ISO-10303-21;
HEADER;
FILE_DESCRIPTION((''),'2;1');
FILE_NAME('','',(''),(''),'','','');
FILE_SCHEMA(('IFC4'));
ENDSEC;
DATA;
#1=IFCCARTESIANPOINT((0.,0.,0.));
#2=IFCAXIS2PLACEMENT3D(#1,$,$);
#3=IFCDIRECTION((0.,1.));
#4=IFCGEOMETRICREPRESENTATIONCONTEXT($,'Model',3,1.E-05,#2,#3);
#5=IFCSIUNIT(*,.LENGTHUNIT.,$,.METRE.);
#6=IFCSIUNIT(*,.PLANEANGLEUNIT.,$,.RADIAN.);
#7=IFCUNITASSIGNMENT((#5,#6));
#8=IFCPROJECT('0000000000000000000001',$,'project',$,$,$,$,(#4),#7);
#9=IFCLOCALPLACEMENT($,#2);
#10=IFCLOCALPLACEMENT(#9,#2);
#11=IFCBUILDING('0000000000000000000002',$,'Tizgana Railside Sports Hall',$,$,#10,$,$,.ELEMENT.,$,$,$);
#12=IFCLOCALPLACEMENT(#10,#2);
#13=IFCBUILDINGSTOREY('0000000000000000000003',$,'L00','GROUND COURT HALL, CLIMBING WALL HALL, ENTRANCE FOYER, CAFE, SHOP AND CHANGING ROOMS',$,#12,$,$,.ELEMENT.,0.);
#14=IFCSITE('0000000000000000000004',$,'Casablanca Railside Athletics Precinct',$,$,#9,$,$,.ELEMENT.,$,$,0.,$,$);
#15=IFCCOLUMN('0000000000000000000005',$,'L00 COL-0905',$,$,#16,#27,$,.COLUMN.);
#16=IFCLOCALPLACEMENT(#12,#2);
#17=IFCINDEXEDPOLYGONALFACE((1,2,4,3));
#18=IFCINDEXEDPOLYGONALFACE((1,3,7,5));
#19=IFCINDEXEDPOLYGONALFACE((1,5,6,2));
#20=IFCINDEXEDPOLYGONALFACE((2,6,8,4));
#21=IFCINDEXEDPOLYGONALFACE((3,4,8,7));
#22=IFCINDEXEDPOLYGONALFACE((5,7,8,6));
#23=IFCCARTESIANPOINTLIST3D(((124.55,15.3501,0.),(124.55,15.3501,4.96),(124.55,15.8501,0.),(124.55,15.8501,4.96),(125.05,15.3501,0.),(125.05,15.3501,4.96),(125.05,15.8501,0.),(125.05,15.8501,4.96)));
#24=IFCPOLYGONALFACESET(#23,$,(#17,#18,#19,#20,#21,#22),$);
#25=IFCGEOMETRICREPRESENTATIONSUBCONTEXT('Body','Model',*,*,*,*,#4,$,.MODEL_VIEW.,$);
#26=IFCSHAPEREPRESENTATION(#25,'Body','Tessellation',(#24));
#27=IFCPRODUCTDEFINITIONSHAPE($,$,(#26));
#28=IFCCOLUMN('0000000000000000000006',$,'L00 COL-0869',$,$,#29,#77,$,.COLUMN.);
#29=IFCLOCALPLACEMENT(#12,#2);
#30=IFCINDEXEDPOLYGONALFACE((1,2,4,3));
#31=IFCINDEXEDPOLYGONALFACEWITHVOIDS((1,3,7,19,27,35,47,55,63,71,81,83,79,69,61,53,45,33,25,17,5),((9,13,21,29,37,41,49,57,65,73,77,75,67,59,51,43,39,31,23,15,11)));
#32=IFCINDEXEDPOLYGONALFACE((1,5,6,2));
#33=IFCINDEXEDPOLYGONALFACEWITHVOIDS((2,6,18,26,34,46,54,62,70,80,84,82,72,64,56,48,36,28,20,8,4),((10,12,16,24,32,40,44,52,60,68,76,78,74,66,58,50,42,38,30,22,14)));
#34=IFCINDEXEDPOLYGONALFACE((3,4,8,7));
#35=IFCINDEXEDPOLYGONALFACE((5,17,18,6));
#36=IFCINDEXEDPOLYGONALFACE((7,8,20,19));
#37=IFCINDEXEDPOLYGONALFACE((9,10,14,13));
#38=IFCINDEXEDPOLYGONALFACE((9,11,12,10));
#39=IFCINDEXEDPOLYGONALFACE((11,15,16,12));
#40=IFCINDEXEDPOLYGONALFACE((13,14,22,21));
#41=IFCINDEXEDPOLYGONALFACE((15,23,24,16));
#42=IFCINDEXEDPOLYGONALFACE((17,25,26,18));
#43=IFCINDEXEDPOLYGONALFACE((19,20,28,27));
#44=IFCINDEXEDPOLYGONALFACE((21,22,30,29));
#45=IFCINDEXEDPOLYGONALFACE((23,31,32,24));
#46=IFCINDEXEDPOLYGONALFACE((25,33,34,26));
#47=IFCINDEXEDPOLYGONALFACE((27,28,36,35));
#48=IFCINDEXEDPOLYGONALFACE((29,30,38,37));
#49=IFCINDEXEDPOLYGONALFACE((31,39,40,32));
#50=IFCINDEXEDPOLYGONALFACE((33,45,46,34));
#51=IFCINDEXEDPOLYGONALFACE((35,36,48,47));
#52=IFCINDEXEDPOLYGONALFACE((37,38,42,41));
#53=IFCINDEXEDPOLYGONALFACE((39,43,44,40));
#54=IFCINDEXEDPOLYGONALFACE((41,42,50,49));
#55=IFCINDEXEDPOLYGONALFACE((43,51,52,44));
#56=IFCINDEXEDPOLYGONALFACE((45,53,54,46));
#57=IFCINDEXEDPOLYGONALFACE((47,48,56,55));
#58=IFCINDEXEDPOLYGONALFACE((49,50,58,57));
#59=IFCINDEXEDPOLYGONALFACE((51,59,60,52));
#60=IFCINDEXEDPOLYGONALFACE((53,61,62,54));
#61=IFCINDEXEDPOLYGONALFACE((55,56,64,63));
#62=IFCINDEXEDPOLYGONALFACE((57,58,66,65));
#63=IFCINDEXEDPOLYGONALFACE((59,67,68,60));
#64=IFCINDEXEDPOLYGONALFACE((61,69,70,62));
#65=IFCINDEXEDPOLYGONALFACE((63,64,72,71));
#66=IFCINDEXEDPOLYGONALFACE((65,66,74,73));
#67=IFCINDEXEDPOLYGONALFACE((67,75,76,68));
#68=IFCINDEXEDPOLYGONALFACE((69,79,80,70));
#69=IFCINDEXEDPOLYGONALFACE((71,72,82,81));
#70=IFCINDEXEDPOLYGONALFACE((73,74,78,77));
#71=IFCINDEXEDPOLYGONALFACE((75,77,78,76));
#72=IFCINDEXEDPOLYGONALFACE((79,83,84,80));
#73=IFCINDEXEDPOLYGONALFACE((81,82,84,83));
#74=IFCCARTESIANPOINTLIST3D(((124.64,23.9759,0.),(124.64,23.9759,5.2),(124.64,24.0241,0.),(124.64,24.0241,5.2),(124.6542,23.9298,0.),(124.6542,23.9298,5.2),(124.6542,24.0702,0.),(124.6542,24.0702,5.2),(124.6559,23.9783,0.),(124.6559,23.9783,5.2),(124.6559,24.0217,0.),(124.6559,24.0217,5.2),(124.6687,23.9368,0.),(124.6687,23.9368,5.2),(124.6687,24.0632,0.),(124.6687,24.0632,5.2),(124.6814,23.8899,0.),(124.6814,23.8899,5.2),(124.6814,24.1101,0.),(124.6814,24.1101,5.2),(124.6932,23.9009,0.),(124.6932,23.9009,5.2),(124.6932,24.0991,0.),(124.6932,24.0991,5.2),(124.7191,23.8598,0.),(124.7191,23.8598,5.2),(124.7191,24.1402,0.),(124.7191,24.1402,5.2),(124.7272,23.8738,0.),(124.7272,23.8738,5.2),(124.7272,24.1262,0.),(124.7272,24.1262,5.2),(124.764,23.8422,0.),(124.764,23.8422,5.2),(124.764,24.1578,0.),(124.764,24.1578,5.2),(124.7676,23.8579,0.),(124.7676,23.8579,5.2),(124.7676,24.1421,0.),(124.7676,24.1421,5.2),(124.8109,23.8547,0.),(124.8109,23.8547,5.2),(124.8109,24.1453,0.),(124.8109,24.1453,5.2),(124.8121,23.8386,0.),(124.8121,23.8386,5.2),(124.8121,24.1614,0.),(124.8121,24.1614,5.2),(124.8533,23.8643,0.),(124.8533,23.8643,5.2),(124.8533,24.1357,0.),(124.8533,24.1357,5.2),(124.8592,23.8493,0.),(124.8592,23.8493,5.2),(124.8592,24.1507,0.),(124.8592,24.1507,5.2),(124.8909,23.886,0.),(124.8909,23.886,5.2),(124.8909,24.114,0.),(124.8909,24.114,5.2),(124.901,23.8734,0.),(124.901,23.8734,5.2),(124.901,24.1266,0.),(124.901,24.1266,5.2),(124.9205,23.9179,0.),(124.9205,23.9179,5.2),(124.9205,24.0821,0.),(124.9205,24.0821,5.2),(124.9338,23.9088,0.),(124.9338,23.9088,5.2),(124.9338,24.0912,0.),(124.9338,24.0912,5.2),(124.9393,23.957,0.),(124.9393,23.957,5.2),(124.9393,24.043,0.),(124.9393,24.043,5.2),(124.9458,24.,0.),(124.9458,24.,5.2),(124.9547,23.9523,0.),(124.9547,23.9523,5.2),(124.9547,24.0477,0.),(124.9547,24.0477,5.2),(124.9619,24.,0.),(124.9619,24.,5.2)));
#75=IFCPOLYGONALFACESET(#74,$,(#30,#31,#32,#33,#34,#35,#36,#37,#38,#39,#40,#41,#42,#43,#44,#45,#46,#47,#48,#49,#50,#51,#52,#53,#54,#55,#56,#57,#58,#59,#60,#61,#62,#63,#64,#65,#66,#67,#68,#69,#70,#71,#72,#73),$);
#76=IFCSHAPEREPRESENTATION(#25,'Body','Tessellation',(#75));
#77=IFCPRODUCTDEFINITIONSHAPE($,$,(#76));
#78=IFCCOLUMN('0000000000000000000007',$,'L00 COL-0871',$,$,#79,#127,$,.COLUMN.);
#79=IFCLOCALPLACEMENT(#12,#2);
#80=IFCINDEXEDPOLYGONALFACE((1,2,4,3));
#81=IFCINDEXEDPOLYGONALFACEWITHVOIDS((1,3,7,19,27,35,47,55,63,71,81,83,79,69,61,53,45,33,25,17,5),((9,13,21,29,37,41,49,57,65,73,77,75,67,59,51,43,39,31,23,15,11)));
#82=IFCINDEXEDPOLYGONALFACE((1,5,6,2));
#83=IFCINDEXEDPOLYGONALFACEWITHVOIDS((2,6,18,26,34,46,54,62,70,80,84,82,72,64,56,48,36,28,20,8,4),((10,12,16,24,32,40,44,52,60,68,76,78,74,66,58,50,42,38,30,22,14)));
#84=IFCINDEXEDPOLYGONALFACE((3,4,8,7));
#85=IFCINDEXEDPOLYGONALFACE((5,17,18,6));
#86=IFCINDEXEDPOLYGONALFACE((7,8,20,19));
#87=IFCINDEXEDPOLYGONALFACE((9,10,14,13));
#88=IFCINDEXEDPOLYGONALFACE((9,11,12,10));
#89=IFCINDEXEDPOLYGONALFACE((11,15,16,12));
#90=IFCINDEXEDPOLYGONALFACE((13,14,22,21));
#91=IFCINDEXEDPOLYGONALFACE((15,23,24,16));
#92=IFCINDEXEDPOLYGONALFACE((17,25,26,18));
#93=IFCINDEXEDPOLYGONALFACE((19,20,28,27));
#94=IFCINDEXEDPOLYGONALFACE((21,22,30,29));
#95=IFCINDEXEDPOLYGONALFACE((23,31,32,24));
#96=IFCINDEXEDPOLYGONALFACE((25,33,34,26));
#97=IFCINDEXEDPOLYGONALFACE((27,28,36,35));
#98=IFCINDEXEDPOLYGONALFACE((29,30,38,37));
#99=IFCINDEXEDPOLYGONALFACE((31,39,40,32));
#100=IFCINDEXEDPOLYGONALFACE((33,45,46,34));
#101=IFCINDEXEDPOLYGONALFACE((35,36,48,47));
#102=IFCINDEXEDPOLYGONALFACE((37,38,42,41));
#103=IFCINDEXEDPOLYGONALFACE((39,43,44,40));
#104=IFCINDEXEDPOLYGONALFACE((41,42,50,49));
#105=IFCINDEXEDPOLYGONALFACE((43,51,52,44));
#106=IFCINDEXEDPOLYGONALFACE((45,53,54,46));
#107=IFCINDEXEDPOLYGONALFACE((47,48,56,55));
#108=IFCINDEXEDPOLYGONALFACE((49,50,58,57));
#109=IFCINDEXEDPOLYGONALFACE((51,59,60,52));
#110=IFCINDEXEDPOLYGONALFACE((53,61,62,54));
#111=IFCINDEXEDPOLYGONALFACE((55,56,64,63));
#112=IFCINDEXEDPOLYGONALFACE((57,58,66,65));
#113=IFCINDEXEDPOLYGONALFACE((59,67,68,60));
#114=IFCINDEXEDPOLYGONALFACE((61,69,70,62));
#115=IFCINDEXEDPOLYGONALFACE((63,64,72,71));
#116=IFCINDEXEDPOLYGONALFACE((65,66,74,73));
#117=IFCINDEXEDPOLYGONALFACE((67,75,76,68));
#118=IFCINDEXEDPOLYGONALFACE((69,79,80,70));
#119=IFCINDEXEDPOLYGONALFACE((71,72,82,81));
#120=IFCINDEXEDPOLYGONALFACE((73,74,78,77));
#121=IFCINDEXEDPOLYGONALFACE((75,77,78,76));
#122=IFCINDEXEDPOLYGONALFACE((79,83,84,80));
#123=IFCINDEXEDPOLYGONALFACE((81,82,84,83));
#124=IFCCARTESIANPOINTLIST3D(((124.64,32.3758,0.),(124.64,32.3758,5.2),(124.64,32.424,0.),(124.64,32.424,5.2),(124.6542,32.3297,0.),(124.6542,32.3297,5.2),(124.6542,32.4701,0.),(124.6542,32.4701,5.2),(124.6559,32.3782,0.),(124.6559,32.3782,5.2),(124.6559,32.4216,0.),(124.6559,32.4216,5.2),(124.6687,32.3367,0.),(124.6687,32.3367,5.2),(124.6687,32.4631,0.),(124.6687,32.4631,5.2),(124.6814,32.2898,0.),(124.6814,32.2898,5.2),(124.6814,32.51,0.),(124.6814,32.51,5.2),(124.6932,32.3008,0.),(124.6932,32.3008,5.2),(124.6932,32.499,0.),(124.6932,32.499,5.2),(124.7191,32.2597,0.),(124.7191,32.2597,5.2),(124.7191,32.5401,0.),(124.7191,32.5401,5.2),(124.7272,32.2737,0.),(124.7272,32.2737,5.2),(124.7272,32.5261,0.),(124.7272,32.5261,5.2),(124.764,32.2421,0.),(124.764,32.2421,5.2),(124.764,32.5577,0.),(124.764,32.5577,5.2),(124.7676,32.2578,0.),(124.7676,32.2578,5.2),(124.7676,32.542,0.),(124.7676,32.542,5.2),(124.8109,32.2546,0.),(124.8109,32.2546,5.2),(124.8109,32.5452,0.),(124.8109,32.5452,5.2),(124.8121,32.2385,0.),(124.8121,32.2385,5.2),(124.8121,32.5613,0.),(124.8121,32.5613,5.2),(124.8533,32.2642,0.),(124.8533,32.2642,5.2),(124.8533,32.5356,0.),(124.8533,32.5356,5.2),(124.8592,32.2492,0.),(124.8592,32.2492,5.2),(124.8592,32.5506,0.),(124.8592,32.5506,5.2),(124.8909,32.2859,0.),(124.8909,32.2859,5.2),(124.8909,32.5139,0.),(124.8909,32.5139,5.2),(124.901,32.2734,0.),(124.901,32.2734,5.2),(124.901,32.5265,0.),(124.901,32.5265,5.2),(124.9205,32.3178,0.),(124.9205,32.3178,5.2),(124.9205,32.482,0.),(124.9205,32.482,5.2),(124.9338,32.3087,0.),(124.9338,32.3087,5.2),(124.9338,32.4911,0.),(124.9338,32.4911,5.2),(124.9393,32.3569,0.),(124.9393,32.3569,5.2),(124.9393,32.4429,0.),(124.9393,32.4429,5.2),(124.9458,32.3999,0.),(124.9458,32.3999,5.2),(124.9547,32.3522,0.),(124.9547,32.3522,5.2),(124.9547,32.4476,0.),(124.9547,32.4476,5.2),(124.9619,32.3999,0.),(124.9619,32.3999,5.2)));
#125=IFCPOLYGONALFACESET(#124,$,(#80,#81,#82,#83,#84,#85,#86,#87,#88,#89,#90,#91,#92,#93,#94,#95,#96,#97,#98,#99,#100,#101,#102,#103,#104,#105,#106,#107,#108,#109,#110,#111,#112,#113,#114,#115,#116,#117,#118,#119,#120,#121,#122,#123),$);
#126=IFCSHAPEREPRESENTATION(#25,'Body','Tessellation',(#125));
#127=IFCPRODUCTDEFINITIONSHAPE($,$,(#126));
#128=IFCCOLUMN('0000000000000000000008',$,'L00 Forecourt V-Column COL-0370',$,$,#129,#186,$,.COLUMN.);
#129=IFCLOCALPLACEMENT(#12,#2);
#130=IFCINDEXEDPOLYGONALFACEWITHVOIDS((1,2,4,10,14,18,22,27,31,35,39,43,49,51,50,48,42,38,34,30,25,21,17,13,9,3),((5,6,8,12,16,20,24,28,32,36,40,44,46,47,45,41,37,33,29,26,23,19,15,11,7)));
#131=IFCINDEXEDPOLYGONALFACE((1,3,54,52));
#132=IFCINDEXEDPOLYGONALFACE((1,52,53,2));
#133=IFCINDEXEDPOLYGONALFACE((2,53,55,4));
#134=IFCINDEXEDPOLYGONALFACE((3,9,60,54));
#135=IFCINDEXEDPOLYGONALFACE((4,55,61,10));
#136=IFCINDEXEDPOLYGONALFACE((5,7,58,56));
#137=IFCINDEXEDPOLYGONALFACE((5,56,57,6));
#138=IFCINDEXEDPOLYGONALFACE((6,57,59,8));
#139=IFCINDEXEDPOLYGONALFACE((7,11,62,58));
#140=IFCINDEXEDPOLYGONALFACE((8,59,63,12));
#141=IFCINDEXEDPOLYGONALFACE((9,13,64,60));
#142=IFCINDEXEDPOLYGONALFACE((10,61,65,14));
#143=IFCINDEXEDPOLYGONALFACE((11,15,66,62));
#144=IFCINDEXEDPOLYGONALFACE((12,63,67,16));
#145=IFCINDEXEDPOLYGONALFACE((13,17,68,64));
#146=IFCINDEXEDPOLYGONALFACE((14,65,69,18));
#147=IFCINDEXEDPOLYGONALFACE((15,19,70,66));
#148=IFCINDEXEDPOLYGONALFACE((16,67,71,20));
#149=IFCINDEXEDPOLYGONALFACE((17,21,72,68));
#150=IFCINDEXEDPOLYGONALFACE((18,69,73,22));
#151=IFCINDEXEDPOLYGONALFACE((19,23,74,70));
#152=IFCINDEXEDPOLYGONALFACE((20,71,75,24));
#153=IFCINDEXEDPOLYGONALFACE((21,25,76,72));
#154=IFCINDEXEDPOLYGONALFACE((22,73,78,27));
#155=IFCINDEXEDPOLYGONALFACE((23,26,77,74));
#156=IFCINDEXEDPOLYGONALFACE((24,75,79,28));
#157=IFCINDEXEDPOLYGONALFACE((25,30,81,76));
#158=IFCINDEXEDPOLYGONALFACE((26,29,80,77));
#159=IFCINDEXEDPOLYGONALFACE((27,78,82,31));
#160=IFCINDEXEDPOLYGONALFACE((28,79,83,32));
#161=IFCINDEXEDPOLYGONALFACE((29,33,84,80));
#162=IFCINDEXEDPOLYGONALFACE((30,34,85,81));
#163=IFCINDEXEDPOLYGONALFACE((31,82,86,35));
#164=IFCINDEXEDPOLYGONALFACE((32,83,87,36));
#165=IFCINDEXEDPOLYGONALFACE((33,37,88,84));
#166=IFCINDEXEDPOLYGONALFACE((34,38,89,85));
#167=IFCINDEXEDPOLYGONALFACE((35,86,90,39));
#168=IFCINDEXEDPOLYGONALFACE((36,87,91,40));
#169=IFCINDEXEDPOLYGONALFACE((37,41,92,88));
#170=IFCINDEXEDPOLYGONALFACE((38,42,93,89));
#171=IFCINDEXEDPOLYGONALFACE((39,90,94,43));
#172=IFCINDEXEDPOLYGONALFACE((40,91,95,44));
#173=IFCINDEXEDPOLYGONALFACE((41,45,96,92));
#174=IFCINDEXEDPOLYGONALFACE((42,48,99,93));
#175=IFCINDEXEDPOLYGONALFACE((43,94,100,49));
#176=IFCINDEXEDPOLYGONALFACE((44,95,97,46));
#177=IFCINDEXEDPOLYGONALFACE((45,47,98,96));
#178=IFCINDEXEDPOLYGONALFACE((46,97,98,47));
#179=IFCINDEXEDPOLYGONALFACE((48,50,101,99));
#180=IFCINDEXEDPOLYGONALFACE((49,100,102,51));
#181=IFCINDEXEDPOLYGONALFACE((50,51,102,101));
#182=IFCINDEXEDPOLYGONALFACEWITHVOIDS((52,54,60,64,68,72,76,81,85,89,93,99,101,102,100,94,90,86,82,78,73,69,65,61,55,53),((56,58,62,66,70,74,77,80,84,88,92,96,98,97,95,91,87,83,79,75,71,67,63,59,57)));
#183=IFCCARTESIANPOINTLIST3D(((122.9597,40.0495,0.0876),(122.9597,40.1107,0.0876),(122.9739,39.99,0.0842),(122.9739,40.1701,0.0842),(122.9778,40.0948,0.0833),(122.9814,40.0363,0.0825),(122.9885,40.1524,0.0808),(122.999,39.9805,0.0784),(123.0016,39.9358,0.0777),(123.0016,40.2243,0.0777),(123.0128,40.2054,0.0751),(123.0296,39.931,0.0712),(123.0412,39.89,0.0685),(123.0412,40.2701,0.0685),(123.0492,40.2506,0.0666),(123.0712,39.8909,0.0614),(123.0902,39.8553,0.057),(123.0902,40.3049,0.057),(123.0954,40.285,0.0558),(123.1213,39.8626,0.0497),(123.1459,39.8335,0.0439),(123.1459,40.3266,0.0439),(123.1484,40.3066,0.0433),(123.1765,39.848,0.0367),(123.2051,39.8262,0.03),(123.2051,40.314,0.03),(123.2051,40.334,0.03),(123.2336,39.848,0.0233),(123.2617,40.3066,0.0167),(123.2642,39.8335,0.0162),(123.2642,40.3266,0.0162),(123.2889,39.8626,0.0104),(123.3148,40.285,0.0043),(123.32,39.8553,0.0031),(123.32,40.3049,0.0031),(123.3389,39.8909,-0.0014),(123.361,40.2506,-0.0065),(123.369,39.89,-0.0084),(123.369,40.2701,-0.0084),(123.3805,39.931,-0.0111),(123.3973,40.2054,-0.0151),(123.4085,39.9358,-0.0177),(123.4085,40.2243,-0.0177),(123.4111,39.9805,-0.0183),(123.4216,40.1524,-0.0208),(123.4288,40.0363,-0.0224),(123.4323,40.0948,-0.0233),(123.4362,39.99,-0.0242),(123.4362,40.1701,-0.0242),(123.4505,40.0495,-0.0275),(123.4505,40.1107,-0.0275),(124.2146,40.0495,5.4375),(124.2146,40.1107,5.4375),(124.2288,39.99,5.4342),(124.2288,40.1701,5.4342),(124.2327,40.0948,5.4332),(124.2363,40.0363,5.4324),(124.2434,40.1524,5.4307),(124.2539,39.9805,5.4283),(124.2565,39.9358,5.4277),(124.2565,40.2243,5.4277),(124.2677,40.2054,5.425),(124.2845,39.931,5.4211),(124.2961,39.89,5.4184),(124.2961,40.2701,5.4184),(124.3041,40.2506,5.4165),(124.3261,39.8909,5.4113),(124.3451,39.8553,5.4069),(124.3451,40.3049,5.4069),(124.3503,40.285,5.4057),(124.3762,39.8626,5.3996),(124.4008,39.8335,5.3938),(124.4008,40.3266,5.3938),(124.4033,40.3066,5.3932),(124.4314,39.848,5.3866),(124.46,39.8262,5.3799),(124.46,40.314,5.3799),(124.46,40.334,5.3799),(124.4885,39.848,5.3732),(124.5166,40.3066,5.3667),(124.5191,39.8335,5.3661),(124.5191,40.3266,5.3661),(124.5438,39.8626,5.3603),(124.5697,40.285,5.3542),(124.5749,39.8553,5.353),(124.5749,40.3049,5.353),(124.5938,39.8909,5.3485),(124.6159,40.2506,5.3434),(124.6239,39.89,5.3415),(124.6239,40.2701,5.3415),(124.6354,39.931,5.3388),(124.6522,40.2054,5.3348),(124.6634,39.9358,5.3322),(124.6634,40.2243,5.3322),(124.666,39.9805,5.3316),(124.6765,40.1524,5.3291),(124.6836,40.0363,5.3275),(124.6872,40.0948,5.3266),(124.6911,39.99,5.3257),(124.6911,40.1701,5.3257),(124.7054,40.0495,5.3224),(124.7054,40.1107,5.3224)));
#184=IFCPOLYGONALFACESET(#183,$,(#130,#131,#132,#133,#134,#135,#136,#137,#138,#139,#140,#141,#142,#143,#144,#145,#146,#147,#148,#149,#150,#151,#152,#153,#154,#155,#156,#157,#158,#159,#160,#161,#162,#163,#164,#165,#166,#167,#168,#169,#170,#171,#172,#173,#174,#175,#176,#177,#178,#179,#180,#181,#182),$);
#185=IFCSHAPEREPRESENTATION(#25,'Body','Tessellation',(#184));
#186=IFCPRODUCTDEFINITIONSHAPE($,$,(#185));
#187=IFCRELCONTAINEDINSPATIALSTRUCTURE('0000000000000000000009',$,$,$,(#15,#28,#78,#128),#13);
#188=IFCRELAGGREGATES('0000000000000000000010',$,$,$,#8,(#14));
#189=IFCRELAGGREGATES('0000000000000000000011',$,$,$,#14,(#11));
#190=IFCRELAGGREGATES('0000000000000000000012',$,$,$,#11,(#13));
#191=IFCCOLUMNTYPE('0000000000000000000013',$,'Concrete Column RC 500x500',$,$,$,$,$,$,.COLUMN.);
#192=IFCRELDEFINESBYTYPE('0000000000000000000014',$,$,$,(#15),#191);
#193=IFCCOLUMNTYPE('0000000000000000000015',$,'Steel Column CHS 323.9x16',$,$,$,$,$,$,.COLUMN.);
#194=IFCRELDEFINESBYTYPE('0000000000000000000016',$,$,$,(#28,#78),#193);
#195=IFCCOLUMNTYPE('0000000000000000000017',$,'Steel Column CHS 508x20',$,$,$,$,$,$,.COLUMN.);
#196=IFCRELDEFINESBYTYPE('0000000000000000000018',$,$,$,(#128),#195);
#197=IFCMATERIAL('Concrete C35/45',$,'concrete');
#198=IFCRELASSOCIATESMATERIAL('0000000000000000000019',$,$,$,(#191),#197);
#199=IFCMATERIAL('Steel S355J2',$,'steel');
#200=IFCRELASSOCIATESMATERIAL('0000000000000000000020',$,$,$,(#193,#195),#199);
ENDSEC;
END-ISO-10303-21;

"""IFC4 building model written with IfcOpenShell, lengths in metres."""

from ifc_helpers import new_model, si_unit, direction, frame, origin, origin_2d, place, context, subcontext, project, spatial, rectangle, hollow_circle, extrude, material, material_profile, profile_set, type_object, element, save


model = new_model("IFC4")

# Units and contexts
model_context = context("Model", 3, precision=1e-05, world=origin(), true_north=direction((0.0, 1.0)))
body_context = subcontext(model_context, "Body", "Model", "MODEL_VIEW")
ifc_project = project(units=[si_unit("LENGTHUNIT", "METRE"), si_unit("PLANEANGLEUNIT", "RADIAN")], contexts=[model_context])

# Site, building, storey
site_placement = place(None, origin())
site = spatial("IfcSite", under=ifc_project, at=site_placement, Name="Casablanca Railside Athletics Precinct", CompositionType="ELEMENT", RefElevation=0.0)
building_placement = place(site_placement, origin())
building = spatial("IfcBuilding", under=site, at=building_placement, Name="Tizgana Railside Sports Hall", CompositionType="ELEMENT")
storey_placement = place(building_placement, origin())
storey = spatial("IfcBuildingStorey", under=building, at=storey_placement, Name="L00", Description="GROUND COURT HALL, CLIMBING WALL HALL, ENTRANCE FOYER, CAFE, SHOP AND CHANGING ROOMS", CompositionType="ELEMENT", Elevation=0.0)

# Columns
ifc_material_1 = material(Name="Concrete C35/45", Category="concrete")
ifc_material_profile_1 = material_profile(ifc_material_1, rectangle(XDim=0.5, YDim=0.5, at=origin_2d()), Name="RC 500x500")
ifc_profile_set_1 = profile_set([ifc_material_profile_1], Name="Concrete C35/45")
column_type_1 = type_object("IfcColumnType", Name="Concrete Column RC 500x500", PredefinedType="COLUMN", material=ifc_profile_set_1)
column_1_placement = place(storey_placement, frame((124.8, 15.6001, 0.0), z_axis=(0.0, 0.0, 1.0), x_axis=(1.0, 0.0, 0.0)))
element("IfcColumn", 1, at=column_1_placement, inside=storey, type_object=column_type_1, Name="L00 COL-0905", PredefinedType="COLUMN", context=body_context, shape_type="SweptSolid", body=[
    extrude(rectangle(XDim=0.5, YDim=0.5, at=origin_2d()), origin(), (0.0, 0.0, 1.0), 4.96),
])
ifc_material_2 = material(Name="Steel S355J2", Category="steel")
ifc_material_profile_2 = material_profile(ifc_material_2, hollow_circle(Radius=0.1619, WallThickness=0.0161, at=origin_2d()), Name="CHS 323.9x16")
ifc_profile_set_2 = profile_set([ifc_material_profile_2], Name="Steel S355J2")
column_type_2 = type_object("IfcColumnType", Name="Steel Column CHS 323.9x16", PredefinedType="COLUMN", material=ifc_profile_set_2)
for number, where, z_axis, x_axis, name in (
    (2, (124.8, 24.0, 0.0), (0.0, 0.0, 1.0), (1.0, 0.0, 0.0), "L00 COL-0869"),
    (3, (124.8, 32.3999, 0.0), (0.0, 0.0, 1.0), (1.0, 0.0, 0.0), "L00 COL-0871"),
):
    element("IfcColumn", number, at=place(storey_placement, frame(where, z_axis=z_axis, x_axis=x_axis)), inside=storey, type_object=column_type_2, Name=name, PredefinedType="COLUMN", context=body_context, shape_type="SweptSolid", body=[
        extrude(hollow_circle(Radius=0.1619, WallThickness=0.0161, at=origin_2d()), origin(), (0.0, 0.0, 1.0), 5.2),
    ])
ifc_material_profile_3 = material_profile(ifc_material_2, hollow_circle(Radius=0.2539, WallThickness=0.02, at=origin_2d()), Name="CHS 508x20")
ifc_profile_set_3 = profile_set([ifc_material_profile_3], Name="Steel S355J2")
column_type_3 = type_object("IfcColumnType", Name="Steel Column CHS 508x20", PredefinedType="COLUMN", material=ifc_profile_set_3)
column_2_placement = place(storey_placement, frame((123.2051, 40.0801, 0.03), z_axis=(0.228366, 0.0, 0.973575), x_axis=(0.0, 1.0, 0.0)))
element("IfcColumn", 4, at=column_2_placement, inside=storey, type_object=column_type_3, Name="L00 Forecourt V-Column COL-0370", PredefinedType="COLUMN", context=body_context, shape_type="SweptSolid", body=[
    extrude(hollow_circle(Radius=0.2539, WallThickness=0.02, at=origin_2d()), origin(), (0.0, 0.0, 1.0), 5.4951),
])

save(model, "model.ifc")
